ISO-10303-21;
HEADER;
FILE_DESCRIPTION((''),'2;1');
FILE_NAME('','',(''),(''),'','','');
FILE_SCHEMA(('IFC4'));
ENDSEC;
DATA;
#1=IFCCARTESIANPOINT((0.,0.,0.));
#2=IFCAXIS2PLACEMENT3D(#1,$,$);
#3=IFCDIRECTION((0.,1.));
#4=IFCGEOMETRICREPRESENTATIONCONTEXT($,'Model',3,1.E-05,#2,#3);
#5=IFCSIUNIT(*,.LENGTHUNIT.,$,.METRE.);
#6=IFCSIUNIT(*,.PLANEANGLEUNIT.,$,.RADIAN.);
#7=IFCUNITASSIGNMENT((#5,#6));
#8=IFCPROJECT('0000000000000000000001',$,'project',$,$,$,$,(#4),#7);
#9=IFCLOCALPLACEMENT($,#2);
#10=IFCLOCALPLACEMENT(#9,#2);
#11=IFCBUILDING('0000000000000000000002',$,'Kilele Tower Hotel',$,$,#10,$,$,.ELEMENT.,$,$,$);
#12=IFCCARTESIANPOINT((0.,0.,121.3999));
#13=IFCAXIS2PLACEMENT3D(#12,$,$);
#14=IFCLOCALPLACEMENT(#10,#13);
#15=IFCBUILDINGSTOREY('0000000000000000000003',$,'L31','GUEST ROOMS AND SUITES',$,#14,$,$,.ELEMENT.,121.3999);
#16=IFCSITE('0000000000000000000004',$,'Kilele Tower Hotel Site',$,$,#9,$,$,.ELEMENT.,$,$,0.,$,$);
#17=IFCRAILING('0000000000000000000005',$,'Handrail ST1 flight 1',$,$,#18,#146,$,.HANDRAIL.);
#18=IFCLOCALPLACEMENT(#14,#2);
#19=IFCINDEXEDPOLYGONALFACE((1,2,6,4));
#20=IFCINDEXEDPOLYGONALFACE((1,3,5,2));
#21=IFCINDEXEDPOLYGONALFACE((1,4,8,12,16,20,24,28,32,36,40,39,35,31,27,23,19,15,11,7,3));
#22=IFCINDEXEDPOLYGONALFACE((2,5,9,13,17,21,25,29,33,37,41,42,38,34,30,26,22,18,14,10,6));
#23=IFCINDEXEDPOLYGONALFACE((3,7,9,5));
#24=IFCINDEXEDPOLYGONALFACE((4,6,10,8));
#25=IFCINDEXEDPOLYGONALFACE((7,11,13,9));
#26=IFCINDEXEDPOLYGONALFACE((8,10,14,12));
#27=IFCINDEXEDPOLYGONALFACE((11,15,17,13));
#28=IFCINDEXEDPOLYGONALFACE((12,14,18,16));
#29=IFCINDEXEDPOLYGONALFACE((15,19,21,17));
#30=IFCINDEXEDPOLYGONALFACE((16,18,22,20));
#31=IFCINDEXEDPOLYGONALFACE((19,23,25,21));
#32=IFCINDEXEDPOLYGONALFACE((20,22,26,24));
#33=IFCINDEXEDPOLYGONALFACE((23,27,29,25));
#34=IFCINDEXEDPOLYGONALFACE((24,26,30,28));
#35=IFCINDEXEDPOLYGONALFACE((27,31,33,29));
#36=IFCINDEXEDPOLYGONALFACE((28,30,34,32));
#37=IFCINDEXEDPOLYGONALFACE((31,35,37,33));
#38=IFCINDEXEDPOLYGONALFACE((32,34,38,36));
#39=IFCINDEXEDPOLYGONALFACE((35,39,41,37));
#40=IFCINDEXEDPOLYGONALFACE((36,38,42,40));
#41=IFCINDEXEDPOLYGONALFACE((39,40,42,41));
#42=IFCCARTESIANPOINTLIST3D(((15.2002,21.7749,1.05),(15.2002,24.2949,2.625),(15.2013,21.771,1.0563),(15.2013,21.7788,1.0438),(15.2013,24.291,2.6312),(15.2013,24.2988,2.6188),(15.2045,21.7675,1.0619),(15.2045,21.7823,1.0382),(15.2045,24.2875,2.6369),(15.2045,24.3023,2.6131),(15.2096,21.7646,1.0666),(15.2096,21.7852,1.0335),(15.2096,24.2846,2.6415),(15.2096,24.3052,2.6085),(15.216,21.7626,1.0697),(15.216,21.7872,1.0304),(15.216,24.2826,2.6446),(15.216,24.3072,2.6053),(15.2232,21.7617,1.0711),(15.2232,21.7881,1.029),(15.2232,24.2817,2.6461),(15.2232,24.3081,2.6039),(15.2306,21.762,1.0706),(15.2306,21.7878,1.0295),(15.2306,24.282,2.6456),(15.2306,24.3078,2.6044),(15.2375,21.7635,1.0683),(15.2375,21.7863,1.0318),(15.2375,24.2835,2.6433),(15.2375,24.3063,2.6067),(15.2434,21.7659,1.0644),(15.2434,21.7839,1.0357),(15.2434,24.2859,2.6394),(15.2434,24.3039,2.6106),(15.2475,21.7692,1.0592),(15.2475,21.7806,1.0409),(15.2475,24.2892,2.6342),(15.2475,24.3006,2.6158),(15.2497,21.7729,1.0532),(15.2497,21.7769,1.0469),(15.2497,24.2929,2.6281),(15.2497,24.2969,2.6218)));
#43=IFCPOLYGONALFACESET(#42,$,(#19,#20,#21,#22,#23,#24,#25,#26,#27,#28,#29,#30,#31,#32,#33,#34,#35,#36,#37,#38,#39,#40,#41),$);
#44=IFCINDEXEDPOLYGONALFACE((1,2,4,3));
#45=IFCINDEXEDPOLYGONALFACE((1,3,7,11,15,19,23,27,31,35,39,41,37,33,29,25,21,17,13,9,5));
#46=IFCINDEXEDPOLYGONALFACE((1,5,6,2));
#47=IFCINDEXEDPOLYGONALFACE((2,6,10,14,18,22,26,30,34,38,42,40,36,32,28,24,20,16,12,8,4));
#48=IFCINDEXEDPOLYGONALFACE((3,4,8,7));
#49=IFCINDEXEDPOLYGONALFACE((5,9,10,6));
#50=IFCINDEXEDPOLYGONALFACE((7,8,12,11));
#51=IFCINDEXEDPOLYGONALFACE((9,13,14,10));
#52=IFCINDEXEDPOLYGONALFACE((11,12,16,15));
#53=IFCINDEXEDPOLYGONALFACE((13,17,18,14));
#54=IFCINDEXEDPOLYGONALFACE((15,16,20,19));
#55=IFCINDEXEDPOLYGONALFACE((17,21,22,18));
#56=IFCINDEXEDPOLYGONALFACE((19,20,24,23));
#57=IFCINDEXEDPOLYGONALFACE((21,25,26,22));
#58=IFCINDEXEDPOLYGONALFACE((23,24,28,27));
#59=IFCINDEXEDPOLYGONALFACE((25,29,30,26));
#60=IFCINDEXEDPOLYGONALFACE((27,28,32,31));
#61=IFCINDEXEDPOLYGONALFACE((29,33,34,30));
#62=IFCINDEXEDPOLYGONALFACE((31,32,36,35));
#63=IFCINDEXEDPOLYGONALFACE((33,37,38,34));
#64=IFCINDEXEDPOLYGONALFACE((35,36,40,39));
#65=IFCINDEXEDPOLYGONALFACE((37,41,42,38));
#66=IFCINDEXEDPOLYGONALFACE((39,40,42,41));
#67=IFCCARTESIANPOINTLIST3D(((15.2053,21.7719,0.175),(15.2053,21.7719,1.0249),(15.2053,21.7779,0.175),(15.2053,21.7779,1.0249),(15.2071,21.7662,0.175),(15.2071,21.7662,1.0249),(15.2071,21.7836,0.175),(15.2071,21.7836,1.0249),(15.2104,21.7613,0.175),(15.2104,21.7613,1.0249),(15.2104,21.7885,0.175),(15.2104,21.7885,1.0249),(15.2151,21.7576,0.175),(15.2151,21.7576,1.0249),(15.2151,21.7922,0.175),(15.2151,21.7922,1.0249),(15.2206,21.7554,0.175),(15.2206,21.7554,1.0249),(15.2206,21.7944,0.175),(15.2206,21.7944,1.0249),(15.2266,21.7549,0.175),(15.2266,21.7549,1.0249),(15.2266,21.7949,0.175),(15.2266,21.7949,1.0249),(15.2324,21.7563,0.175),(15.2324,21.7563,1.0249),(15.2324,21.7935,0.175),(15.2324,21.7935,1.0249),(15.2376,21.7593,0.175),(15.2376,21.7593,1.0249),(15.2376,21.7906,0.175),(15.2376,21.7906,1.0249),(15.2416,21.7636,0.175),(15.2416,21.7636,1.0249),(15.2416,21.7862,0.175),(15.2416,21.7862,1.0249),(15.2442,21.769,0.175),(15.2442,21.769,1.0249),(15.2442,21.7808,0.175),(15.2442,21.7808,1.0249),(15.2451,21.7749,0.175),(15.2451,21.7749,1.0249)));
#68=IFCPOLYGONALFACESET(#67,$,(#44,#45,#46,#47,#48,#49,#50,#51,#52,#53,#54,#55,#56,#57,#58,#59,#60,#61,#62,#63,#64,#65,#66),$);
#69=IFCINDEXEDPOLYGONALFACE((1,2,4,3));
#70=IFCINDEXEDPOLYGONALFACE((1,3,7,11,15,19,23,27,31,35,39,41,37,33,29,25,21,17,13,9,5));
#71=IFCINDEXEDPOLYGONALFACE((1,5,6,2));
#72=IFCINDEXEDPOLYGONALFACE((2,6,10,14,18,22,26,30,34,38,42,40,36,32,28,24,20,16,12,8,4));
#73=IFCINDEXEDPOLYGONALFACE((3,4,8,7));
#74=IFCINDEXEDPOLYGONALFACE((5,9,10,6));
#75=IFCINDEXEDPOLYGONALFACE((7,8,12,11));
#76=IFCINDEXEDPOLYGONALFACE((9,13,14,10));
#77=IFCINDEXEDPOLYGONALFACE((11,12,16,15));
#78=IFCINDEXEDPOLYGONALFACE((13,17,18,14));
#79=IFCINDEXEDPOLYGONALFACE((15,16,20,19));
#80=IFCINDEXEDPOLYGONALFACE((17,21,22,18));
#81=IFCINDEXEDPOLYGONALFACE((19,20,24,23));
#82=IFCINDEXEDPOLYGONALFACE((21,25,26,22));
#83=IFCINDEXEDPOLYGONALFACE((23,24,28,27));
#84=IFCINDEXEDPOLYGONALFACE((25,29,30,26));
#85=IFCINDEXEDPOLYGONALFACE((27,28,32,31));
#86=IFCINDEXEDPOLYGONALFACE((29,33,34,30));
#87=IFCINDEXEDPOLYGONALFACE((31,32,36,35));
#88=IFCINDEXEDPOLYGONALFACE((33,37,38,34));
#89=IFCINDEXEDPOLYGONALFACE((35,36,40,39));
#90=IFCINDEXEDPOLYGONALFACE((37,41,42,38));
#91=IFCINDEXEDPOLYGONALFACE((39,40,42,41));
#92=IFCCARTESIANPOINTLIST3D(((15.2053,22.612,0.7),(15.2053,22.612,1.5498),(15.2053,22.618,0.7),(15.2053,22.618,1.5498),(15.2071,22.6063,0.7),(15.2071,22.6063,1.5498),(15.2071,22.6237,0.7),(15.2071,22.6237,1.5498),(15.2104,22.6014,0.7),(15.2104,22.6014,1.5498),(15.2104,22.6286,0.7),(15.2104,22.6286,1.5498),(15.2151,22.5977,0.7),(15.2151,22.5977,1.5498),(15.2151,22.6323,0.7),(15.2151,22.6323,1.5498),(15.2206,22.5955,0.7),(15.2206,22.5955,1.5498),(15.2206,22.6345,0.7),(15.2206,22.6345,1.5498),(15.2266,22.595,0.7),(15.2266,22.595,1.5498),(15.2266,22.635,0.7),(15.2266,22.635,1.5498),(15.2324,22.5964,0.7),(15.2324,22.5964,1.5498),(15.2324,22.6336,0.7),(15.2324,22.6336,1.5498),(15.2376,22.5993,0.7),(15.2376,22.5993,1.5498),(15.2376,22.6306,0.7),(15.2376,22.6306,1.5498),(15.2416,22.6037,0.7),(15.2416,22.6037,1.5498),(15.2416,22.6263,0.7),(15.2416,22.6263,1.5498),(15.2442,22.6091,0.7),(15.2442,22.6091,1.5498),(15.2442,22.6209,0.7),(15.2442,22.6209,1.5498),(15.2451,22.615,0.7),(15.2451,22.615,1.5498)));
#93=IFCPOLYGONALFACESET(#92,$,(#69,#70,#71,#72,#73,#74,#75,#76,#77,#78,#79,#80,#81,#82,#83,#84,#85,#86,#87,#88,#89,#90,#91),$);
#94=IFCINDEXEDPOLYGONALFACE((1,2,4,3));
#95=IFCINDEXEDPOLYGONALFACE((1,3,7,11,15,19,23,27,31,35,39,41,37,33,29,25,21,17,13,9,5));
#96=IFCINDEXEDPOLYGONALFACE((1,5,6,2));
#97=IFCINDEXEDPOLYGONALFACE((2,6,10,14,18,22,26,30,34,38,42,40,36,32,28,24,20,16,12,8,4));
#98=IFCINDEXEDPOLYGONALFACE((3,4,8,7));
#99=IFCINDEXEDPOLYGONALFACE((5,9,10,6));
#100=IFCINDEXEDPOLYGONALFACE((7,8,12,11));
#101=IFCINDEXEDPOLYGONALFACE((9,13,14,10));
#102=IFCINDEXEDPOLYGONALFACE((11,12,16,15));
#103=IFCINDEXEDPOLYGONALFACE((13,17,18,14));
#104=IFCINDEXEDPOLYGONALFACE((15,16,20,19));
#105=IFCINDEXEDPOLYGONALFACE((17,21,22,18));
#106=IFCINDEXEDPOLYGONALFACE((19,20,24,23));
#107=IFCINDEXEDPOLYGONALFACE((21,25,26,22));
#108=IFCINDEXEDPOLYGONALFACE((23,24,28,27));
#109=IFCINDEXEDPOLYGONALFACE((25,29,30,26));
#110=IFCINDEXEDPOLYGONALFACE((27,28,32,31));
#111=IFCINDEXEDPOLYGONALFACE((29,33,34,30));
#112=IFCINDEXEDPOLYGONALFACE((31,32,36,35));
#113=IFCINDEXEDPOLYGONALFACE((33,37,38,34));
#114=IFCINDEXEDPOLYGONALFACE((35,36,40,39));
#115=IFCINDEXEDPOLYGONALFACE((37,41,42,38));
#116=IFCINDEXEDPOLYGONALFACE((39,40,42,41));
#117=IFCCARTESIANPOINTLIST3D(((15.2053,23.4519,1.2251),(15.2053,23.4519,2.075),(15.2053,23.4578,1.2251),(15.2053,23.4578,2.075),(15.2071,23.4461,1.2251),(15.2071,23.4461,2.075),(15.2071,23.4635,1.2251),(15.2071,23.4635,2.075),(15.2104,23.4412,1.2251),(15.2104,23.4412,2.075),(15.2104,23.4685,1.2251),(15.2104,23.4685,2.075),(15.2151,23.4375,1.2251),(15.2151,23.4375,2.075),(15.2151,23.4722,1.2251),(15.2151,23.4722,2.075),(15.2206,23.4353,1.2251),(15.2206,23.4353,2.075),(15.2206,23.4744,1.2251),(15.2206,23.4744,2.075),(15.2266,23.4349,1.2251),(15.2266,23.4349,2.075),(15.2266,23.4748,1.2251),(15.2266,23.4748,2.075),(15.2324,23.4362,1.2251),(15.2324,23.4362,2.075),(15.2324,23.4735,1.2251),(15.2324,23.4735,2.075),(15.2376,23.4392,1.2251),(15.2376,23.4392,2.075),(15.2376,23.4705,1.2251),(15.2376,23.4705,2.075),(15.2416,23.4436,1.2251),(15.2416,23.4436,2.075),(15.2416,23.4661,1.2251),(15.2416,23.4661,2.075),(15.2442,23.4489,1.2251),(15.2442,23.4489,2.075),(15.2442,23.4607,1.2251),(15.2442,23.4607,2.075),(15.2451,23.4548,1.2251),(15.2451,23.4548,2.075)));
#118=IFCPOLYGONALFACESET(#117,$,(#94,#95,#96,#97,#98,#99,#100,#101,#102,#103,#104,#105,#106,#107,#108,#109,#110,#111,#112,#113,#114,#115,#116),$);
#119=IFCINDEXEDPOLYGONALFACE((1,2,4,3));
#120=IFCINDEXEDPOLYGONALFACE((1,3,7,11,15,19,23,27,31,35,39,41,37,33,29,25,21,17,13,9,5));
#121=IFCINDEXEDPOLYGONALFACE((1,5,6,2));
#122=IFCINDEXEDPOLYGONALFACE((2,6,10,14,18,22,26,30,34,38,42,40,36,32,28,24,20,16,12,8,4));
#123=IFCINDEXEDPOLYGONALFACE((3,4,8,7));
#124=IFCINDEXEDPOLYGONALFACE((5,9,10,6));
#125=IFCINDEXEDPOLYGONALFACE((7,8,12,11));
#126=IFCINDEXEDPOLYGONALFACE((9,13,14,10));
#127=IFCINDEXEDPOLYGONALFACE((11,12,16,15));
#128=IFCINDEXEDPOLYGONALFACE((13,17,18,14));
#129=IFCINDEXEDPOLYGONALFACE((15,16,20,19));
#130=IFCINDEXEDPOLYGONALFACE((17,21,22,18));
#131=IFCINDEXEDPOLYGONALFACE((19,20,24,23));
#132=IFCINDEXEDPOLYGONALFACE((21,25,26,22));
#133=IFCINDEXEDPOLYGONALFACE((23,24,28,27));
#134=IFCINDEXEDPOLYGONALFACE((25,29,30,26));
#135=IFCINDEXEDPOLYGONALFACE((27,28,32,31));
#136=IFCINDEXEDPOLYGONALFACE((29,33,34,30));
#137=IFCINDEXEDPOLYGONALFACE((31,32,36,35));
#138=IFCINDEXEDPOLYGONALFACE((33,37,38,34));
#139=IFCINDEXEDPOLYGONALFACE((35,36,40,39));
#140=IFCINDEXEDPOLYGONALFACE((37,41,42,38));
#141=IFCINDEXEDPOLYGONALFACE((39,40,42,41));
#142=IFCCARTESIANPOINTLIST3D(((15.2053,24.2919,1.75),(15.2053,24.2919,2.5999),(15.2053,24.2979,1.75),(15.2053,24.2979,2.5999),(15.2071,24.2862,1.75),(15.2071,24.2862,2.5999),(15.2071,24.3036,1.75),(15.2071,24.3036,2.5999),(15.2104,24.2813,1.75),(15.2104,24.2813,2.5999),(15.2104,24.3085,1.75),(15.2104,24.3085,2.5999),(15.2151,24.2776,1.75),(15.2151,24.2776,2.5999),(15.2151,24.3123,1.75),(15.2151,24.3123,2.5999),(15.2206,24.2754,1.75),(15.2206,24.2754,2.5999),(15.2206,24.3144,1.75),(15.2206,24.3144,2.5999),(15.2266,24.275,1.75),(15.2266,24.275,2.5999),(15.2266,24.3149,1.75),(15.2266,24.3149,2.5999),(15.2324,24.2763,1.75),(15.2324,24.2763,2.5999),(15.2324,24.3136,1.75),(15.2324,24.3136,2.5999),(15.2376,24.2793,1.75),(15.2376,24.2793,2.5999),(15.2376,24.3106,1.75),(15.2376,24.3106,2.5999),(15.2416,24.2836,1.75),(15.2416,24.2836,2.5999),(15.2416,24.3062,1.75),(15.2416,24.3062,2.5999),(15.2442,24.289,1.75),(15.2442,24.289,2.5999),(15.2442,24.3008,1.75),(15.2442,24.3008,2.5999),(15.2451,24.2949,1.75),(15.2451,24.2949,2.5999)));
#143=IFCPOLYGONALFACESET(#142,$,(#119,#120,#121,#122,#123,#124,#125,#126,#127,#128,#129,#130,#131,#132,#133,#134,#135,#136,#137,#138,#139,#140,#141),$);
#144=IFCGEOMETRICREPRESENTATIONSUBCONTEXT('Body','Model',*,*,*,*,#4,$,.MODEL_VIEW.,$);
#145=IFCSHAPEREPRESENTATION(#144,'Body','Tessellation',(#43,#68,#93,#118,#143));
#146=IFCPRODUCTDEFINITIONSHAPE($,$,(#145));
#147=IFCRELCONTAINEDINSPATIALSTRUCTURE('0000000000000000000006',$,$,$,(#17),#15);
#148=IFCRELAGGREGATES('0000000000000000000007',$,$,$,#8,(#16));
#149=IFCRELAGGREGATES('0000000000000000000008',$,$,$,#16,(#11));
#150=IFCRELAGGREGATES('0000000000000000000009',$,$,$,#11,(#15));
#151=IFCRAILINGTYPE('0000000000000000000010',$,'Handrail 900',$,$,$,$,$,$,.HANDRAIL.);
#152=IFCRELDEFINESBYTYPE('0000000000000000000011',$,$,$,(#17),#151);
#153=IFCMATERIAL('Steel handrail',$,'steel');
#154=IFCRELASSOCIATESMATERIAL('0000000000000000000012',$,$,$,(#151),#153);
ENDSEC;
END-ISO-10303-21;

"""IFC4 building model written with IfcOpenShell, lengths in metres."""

from ifc_helpers import new_model, si_unit, direction, frame, origin, origin_2d, place, context, subcontext, project, spatial, circle, extrude, material, type_object, element, save


model = new_model("IFC4")

# Units and contexts
model_context = context("Model", 3, precision=1e-05, world=origin(), true_north=direction((0.0, 1.0)))
body_context = subcontext(model_context, "Body", "Model", "MODEL_VIEW")
ifc_project = project(units=[si_unit("LENGTHUNIT", "METRE"), si_unit("PLANEANGLEUNIT", "RADIAN")], contexts=[model_context])

# Site, building, storey
site_placement = place(None, origin())
site = spatial("IfcSite", under=ifc_project, at=site_placement, Name="Kilele Tower Hotel Site", CompositionType="ELEMENT", RefElevation=0.0)
building_placement = place(site_placement, origin())
building = spatial("IfcBuilding", under=site, at=building_placement, Name="Kilele Tower Hotel", CompositionType="ELEMENT")
storey_placement = place(building_placement, frame((0.0, 0.0, 121.3999)))
storey = spatial("IfcBuildingStorey", under=building, at=storey_placement, Name="L31", Description="GUEST ROOMS AND SUITES", CompositionType="ELEMENT", Elevation=121.3999)

# Railing
ifc_material_1 = material(Name="Steel handrail", Category="steel")
railing_type_1 = type_object("IfcRailingType", Name="Handrail 900", PredefinedType="HANDRAIL", material=ifc_material_1)
for number, where, name in (
    (1, (15.2251, 21.7749, 0.175), "Handrail ST1 flight 1"),
):
    element("IfcRailing", number, at=place(storey_placement, frame(where)), inside=storey, type_object=railing_type_1, Name=name, PredefinedType="HANDRAIL", context=body_context, shape_type="SweptSolid", body=[
        extrude(circle(Radius=0.0249, at=origin_2d()), frame((0.0, 0.0, 0.875), z_axis=(0.0, 0.848008, 0.529984), x_axis=(-1.0, 0.0, 0.0)), (0.0, 0.0, 1.0), 2.9717),
        extrude(circle(Radius=0.02, at=origin_2d()), origin(), (0.0, 0.0, 1.0), 0.8499),
        extrude(circle(Radius=0.02, at=origin_2d()), frame((0.0, 0.8401, 0.5249)), (0.0, 0.0, 1.0), 0.8499),
        extrude(circle(Radius=0.02, at=origin_2d()), frame((0.0, 1.6799, 1.05)), (0.0, 0.0, 1.0), 0.8499),
        extrude(circle(Radius=0.02, at=origin_2d()), frame((0.0, 2.52, 1.575)), (0.0, 0.0, 1.0), 0.8499),
    ])

save(model, "model.ifc")
